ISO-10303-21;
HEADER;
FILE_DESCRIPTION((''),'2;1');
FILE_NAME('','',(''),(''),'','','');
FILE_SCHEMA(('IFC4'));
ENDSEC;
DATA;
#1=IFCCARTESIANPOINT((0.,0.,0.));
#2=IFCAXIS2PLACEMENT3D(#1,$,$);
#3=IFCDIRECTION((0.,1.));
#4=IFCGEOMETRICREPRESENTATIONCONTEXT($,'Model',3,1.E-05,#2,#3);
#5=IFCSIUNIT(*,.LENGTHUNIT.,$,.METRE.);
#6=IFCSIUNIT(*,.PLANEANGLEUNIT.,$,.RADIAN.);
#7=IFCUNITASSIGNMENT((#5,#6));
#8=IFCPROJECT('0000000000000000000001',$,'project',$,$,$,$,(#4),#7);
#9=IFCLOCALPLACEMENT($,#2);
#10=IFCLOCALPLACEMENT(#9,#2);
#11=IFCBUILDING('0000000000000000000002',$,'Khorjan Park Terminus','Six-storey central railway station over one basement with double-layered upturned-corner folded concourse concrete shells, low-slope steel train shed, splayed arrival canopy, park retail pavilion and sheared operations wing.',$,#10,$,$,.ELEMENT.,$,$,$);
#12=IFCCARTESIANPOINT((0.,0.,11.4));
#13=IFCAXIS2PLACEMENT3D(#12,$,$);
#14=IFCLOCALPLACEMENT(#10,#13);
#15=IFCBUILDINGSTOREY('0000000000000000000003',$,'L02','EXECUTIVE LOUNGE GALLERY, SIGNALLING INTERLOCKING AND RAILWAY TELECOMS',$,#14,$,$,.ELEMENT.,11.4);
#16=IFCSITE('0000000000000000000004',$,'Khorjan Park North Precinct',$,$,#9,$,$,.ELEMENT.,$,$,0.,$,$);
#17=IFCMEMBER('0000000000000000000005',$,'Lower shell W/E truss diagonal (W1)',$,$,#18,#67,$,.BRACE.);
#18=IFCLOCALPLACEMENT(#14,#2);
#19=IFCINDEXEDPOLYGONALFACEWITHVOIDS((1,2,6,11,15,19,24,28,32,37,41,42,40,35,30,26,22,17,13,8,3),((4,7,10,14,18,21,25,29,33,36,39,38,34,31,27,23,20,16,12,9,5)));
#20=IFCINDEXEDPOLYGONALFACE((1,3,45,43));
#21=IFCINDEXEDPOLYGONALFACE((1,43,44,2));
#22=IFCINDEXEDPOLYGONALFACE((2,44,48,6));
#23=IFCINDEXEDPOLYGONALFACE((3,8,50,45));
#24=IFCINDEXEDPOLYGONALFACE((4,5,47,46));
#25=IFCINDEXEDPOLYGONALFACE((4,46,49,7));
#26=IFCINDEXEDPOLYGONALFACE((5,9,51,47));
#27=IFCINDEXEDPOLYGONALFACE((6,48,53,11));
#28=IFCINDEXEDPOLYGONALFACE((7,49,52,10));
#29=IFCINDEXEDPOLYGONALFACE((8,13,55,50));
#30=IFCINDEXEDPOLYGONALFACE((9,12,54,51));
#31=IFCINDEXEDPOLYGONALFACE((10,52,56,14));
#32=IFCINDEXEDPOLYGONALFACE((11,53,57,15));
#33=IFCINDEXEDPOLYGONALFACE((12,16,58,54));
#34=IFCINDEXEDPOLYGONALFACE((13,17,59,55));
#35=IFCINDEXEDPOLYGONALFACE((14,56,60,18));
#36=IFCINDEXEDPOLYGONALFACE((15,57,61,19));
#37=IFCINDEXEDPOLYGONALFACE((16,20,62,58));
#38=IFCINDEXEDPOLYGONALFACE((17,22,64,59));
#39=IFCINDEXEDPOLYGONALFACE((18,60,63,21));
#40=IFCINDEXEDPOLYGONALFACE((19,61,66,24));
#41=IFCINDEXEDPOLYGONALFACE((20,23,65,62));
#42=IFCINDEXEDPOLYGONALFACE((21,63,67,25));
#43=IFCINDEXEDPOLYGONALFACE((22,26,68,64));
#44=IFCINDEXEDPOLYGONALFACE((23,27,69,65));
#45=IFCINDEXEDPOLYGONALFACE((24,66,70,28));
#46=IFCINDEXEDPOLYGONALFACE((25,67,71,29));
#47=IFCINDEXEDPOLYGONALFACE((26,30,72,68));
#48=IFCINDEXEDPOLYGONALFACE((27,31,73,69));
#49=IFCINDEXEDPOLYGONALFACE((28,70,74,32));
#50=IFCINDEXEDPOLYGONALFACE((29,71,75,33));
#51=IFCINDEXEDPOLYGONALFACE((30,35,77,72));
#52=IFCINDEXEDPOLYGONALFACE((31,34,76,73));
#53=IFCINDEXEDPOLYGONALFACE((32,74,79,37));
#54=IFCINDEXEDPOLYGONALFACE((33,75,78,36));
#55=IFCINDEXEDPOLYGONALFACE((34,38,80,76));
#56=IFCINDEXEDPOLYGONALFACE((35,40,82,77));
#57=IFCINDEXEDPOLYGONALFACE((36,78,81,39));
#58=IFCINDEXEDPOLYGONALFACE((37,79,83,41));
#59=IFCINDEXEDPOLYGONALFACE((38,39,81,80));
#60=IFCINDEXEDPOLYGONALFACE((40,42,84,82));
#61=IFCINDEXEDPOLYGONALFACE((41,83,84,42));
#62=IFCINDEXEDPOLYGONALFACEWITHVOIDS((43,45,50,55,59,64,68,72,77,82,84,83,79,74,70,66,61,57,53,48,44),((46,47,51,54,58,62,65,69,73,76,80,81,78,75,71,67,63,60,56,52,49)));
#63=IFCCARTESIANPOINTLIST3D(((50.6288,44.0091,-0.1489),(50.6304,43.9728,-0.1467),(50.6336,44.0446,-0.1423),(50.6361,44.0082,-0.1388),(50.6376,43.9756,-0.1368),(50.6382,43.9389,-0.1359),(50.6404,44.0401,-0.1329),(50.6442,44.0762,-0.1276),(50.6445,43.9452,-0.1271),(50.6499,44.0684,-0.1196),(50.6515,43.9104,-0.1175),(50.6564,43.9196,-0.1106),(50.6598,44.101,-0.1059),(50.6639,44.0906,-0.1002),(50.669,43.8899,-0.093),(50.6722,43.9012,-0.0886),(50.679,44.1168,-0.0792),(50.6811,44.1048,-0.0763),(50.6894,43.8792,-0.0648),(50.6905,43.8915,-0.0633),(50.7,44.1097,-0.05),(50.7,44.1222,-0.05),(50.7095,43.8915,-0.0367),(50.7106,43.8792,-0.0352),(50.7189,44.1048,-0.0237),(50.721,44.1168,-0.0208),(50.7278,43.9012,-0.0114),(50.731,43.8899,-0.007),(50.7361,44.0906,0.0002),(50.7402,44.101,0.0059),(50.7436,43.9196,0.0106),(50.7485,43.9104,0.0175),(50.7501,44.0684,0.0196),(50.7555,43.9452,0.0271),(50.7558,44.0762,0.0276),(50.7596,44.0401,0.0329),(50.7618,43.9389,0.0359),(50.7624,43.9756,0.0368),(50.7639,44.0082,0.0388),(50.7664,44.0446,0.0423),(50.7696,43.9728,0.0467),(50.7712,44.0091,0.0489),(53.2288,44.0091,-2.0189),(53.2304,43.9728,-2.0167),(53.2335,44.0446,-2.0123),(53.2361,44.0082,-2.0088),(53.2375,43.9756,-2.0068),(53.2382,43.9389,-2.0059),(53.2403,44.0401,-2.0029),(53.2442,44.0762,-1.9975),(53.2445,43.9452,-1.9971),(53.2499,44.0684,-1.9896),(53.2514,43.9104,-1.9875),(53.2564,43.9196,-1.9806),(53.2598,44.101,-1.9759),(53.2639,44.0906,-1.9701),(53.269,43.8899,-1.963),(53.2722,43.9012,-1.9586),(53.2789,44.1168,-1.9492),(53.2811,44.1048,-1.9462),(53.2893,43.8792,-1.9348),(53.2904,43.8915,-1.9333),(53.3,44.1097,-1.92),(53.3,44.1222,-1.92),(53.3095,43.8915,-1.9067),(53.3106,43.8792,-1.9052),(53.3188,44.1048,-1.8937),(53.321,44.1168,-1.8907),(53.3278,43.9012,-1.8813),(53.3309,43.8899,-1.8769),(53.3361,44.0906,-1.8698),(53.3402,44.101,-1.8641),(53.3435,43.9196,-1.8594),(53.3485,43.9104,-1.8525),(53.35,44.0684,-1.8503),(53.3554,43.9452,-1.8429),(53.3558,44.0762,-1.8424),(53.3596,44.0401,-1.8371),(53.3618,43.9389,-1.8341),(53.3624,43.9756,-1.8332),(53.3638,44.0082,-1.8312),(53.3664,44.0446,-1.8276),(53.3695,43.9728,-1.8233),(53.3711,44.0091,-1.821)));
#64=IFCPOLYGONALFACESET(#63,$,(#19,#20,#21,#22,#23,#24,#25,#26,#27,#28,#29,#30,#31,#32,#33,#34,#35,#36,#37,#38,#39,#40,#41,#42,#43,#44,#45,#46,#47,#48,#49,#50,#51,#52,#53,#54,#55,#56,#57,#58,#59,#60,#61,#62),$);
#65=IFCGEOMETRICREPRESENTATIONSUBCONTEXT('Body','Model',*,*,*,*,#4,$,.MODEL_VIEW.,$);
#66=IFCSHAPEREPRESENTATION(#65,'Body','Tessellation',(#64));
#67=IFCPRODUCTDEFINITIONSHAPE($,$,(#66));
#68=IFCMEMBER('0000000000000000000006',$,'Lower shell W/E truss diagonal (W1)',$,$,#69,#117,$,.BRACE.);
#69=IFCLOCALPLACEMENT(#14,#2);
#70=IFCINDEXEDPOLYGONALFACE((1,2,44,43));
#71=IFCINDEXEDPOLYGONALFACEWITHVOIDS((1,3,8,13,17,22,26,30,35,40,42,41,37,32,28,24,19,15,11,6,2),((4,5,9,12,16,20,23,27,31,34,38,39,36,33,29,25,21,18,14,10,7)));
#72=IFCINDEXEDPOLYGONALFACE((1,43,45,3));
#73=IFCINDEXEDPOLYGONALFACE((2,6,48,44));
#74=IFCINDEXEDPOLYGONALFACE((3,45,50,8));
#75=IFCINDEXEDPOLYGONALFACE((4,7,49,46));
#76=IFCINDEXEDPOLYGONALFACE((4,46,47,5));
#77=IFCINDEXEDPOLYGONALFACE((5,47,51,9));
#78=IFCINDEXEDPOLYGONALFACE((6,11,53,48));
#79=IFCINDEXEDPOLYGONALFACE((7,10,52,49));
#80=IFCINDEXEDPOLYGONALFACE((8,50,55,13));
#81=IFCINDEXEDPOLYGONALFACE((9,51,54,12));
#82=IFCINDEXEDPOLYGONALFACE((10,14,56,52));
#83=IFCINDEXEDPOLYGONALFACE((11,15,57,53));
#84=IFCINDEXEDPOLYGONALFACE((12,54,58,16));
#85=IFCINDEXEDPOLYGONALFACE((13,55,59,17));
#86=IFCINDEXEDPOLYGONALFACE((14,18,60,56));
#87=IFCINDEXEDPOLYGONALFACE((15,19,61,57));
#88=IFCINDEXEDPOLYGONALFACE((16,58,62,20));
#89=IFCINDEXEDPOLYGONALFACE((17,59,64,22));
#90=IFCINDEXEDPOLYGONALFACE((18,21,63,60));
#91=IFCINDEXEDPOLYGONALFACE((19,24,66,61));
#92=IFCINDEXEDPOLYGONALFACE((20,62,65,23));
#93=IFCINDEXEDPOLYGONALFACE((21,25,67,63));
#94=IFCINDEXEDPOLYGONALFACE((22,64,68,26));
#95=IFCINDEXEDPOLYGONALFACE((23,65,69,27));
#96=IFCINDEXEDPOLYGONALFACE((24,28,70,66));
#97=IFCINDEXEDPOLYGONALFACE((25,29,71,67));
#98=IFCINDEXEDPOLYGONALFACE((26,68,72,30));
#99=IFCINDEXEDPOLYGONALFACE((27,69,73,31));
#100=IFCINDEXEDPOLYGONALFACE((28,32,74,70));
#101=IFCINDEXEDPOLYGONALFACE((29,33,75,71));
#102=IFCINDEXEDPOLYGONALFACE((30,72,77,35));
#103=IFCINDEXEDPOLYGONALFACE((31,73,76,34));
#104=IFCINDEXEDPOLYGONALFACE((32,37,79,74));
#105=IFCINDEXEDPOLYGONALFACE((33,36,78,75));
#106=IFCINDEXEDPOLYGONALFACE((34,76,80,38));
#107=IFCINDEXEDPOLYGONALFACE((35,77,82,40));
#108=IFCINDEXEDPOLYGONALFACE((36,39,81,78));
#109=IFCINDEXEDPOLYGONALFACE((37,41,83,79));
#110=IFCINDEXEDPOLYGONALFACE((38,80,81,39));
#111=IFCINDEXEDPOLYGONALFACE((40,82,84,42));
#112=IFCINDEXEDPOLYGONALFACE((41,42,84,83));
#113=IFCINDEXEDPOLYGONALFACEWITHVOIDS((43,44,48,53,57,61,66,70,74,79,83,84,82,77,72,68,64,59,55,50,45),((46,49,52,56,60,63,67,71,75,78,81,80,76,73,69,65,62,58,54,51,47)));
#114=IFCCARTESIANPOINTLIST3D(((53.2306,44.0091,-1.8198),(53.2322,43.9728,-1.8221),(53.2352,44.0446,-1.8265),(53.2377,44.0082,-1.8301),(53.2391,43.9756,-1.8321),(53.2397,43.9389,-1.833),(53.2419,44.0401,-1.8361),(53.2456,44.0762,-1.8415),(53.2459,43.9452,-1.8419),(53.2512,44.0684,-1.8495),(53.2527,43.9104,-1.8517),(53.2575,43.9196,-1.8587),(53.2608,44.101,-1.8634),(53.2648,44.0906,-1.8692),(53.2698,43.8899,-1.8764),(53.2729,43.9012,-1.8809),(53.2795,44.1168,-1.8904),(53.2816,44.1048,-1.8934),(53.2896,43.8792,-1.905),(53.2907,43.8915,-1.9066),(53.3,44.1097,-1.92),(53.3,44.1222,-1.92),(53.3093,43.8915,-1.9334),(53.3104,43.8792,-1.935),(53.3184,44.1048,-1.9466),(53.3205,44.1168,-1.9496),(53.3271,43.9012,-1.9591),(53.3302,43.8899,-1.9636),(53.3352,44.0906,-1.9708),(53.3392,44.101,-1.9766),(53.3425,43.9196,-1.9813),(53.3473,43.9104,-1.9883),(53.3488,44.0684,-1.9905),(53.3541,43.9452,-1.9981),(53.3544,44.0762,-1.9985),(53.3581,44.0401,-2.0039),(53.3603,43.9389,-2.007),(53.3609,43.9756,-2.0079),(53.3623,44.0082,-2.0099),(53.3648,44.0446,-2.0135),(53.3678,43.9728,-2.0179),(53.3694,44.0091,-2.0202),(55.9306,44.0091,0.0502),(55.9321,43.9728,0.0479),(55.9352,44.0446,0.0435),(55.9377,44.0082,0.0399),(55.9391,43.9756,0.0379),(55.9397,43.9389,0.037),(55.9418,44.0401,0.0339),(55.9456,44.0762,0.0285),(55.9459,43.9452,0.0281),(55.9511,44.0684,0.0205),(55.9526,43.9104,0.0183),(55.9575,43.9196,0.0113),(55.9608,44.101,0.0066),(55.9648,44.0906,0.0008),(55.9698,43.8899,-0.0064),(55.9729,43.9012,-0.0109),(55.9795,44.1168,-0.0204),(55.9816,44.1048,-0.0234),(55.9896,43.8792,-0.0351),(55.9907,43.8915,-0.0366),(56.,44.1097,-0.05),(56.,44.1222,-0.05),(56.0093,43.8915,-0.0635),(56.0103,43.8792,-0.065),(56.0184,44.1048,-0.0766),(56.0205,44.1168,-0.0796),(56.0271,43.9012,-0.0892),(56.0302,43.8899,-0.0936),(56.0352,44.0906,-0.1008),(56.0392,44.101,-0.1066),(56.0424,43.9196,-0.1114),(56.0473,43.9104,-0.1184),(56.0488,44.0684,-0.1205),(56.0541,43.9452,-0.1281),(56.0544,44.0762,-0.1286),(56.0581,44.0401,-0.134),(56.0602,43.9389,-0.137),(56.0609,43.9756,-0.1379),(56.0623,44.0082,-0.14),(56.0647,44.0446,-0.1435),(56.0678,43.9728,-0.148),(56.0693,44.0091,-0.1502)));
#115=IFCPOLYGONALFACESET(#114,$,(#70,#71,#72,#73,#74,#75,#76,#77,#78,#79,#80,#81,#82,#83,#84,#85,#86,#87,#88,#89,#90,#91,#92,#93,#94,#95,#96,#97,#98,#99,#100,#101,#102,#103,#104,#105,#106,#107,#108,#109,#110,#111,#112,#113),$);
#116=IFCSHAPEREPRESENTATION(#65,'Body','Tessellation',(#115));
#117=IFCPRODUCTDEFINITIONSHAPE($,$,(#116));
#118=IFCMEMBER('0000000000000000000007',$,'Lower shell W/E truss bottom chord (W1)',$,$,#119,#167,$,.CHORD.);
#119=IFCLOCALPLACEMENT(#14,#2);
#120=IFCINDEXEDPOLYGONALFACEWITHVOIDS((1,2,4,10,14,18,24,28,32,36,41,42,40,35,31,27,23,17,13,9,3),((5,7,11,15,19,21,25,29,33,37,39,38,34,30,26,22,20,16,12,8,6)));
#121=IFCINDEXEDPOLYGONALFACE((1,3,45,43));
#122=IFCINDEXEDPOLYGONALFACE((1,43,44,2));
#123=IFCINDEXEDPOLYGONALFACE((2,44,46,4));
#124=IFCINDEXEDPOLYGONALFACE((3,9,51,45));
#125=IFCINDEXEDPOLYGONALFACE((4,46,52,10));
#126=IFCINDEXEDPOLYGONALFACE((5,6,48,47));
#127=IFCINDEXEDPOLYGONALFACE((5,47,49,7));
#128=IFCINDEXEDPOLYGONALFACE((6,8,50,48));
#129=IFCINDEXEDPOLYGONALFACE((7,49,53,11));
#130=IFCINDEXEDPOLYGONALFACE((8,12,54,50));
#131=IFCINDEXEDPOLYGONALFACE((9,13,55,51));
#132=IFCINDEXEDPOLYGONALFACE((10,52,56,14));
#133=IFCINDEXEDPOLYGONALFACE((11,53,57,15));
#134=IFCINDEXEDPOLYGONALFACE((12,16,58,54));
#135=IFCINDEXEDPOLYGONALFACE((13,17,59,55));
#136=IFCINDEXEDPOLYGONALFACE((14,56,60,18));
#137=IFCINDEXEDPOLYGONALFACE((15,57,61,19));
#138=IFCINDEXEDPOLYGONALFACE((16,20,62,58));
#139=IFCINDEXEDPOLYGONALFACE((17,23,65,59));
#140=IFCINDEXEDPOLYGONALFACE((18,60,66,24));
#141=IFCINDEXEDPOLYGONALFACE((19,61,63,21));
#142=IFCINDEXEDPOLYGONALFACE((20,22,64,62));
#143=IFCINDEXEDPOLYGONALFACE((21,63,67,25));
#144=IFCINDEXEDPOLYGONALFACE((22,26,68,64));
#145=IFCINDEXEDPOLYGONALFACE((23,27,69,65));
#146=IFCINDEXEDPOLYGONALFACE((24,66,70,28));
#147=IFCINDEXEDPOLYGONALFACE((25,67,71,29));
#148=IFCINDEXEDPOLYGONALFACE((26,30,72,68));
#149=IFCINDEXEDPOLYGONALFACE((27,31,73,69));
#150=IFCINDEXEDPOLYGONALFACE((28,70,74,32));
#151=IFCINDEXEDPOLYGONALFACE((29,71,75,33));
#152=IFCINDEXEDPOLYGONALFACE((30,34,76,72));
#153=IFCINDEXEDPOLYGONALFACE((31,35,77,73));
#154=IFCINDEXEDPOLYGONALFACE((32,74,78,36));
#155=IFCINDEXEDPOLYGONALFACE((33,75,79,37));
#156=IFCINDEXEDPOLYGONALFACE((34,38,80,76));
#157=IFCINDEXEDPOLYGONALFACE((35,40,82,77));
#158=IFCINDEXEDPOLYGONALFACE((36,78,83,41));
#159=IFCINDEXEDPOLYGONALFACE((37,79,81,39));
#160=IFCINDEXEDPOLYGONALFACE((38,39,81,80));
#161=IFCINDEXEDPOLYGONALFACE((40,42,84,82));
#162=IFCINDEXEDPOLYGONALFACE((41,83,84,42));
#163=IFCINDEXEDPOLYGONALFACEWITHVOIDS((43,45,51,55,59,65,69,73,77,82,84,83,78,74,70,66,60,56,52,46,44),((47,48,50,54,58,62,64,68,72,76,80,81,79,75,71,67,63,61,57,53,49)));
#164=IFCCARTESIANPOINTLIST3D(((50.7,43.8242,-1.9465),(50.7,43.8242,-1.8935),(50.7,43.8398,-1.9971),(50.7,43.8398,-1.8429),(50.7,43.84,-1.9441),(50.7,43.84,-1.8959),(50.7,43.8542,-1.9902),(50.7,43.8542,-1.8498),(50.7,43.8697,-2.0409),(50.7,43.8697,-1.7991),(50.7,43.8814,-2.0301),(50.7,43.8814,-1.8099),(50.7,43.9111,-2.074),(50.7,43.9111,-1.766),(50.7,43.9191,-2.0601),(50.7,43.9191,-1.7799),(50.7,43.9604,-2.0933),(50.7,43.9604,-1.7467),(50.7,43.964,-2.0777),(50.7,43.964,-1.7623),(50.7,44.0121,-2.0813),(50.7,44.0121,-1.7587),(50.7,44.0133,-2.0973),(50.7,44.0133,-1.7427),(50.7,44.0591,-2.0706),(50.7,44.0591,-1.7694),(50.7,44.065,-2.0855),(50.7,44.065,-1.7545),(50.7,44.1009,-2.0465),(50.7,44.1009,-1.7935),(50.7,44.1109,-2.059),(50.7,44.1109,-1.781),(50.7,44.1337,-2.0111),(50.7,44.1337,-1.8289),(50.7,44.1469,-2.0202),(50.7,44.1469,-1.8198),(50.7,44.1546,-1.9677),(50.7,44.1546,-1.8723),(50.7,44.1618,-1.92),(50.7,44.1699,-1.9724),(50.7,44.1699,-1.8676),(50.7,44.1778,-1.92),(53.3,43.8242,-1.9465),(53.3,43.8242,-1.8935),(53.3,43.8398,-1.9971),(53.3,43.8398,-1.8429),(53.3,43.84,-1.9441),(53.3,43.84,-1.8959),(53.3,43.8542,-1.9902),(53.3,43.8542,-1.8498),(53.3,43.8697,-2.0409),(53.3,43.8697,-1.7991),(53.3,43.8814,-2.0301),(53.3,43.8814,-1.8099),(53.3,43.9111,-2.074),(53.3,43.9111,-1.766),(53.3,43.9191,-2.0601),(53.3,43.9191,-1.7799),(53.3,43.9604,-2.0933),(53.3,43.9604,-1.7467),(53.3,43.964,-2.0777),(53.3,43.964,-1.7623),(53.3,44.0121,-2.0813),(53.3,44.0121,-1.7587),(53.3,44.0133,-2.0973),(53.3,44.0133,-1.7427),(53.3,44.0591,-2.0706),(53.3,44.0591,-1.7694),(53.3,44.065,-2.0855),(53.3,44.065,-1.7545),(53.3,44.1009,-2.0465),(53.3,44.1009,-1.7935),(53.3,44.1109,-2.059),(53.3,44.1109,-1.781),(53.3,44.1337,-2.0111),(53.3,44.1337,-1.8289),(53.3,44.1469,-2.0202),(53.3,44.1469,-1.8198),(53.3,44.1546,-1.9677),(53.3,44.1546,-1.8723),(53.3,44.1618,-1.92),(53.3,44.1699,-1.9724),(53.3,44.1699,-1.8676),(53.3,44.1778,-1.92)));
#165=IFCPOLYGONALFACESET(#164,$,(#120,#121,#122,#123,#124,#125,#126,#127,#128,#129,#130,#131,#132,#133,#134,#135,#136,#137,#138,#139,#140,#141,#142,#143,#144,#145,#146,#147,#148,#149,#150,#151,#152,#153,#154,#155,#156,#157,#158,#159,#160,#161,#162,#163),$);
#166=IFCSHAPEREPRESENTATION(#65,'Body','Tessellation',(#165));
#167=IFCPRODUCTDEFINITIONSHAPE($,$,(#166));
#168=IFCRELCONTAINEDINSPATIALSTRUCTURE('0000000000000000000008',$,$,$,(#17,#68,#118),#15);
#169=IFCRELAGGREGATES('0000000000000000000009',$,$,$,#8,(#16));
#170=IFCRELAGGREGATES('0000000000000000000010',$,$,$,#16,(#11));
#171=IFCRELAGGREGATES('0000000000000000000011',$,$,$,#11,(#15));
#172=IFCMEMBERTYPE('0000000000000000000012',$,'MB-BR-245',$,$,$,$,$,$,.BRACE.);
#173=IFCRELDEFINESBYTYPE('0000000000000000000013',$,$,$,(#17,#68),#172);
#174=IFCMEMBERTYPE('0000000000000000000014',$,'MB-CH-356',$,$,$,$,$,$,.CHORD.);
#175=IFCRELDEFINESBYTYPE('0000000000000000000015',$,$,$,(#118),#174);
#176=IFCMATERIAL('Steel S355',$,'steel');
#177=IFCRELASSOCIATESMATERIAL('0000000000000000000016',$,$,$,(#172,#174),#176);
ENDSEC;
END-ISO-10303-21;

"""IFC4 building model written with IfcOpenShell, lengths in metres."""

from ifc_helpers import new_model, si_unit, direction, frame, origin, origin_2d, place, context, subcontext, project, spatial, hollow_circle, extrude, material, material_profile, profile_set, type_object, element, save


model = new_model("IFC4")

# Units and contexts
model_context = context("Model", 3, precision=1e-05, world=origin(), true_north=direction((0.0, 1.0)))
body_context = subcontext(model_context, "Body", "Model", "MODEL_VIEW")
ifc_project = project(units=[si_unit("LENGTHUNIT", "METRE"), si_unit("PLANEANGLEUNIT", "RADIAN")], contexts=[model_context])

# Site, building, storey
site_placement = place(None, origin())
site = spatial("IfcSite", under=ifc_project, at=site_placement, Name="Khorjan Park North Precinct", CompositionType="ELEMENT", RefElevation=0.0)
building_placement = place(site_placement, origin())
building = spatial("IfcBuilding", under=site, at=building_placement, Name="Khorjan Park Terminus", Description="Six-storey central railway station over one basement with double-layered upturned-corner folded concourse concrete shells, low-slope steel train shed, splayed arrival canopy, park retail pavilion and sheared operations wing.", CompositionType="ELEMENT")
storey_placement = place(building_placement, frame((0.0, 0.0, 11.4)))
storey = spatial("IfcBuildingStorey", under=building, at=storey_placement, Name="L02", Description="EXECUTIVE LOUNGE GALLERY, SIGNALLING INTERLOCKING AND RAILWAY TELECOMS", CompositionType="ELEMENT", Elevation=11.4)

# Members
ifc_material_1 = material(Name="Steel S355", Category="steel")
ifc_material_profile_1 = material_profile(ifc_material_1, hollow_circle(Radius=0.1222, WallThickness=0.0125, at=origin_2d()), Name="CHS 244.5x12.5")
ifc_profile_set_1 = profile_set([ifc_material_profile_1], Name="Steel S355")
member_type_1 = type_object("IfcMemberType", Name="MB-BR-245", PredefinedType="BRACE", material=ifc_profile_set_1)
member_1_placement = place(storey_placement, frame((50.7, 44.0, -0.05), z_axis=(0.81183, 0.0, -0.583893), x_axis=(0.0, 1.0, 0.0)))
element("IfcMember", 1, at=member_1_placement, inside=storey, type_object=member_type_1, Name="Lower shell W/E truss diagonal (W1)", PredefinedType="BRACE", context=body_context, shape_type="SweptSolid", body=[
    extrude(hollow_circle(Radius=0.1222, WallThickness=0.0125, at=origin_2d()), origin(), (0.0, 0.0, 1.0), 3.2026),
])
member_2_placement = place(storey_placement, frame((53.3, 44.0, -1.92), z_axis=(0.822083, 0.0, 0.569368), x_axis=(0.0, 1.0, 0.0)))
element("IfcMember", 2, at=member_2_placement, inside=storey, type_object=member_type_1, Name="Lower shell W/E truss diagonal (W1)", PredefinedType="BRACE", context=body_context, shape_type="SweptSolid", body=[
    extrude(hollow_circle(Radius=0.1222, WallThickness=0.0125, at=origin_2d()), origin(), (0.0, 0.0, 1.0), 3.2843),
])
ifc_material_profile_2 = material_profile(ifc_material_1, hollow_circle(Radius=0.1778, WallThickness=0.016, at=origin_2d()), Name="CHS 355.6x16")
ifc_profile_set_2 = profile_set([ifc_material_profile_2], Name="Steel S355")
member_type_2 = type_object("IfcMemberType", Name="MB-CH-356", PredefinedType="CHORD", material=ifc_profile_set_2)
member_3_placement = place(storey_placement, frame((50.7, 44.0, -1.92), z_axis=(1.0, 0.0, 0.0), x_axis=(0.0, 1.0, 0.0)))
element("IfcMember", 3, at=member_3_placement, inside=storey, type_object=member_type_2, Name="Lower shell W/E truss bottom chord (W1)", PredefinedType="CHORD", context=body_context, shape_type="SweptSolid", body=[
    extrude(hollow_circle(Radius=0.1778, WallThickness=0.016, at=origin_2d()), origin(), (0.0, 0.0, 1.0), 2.6),
])

save(model, "model.ifc")
